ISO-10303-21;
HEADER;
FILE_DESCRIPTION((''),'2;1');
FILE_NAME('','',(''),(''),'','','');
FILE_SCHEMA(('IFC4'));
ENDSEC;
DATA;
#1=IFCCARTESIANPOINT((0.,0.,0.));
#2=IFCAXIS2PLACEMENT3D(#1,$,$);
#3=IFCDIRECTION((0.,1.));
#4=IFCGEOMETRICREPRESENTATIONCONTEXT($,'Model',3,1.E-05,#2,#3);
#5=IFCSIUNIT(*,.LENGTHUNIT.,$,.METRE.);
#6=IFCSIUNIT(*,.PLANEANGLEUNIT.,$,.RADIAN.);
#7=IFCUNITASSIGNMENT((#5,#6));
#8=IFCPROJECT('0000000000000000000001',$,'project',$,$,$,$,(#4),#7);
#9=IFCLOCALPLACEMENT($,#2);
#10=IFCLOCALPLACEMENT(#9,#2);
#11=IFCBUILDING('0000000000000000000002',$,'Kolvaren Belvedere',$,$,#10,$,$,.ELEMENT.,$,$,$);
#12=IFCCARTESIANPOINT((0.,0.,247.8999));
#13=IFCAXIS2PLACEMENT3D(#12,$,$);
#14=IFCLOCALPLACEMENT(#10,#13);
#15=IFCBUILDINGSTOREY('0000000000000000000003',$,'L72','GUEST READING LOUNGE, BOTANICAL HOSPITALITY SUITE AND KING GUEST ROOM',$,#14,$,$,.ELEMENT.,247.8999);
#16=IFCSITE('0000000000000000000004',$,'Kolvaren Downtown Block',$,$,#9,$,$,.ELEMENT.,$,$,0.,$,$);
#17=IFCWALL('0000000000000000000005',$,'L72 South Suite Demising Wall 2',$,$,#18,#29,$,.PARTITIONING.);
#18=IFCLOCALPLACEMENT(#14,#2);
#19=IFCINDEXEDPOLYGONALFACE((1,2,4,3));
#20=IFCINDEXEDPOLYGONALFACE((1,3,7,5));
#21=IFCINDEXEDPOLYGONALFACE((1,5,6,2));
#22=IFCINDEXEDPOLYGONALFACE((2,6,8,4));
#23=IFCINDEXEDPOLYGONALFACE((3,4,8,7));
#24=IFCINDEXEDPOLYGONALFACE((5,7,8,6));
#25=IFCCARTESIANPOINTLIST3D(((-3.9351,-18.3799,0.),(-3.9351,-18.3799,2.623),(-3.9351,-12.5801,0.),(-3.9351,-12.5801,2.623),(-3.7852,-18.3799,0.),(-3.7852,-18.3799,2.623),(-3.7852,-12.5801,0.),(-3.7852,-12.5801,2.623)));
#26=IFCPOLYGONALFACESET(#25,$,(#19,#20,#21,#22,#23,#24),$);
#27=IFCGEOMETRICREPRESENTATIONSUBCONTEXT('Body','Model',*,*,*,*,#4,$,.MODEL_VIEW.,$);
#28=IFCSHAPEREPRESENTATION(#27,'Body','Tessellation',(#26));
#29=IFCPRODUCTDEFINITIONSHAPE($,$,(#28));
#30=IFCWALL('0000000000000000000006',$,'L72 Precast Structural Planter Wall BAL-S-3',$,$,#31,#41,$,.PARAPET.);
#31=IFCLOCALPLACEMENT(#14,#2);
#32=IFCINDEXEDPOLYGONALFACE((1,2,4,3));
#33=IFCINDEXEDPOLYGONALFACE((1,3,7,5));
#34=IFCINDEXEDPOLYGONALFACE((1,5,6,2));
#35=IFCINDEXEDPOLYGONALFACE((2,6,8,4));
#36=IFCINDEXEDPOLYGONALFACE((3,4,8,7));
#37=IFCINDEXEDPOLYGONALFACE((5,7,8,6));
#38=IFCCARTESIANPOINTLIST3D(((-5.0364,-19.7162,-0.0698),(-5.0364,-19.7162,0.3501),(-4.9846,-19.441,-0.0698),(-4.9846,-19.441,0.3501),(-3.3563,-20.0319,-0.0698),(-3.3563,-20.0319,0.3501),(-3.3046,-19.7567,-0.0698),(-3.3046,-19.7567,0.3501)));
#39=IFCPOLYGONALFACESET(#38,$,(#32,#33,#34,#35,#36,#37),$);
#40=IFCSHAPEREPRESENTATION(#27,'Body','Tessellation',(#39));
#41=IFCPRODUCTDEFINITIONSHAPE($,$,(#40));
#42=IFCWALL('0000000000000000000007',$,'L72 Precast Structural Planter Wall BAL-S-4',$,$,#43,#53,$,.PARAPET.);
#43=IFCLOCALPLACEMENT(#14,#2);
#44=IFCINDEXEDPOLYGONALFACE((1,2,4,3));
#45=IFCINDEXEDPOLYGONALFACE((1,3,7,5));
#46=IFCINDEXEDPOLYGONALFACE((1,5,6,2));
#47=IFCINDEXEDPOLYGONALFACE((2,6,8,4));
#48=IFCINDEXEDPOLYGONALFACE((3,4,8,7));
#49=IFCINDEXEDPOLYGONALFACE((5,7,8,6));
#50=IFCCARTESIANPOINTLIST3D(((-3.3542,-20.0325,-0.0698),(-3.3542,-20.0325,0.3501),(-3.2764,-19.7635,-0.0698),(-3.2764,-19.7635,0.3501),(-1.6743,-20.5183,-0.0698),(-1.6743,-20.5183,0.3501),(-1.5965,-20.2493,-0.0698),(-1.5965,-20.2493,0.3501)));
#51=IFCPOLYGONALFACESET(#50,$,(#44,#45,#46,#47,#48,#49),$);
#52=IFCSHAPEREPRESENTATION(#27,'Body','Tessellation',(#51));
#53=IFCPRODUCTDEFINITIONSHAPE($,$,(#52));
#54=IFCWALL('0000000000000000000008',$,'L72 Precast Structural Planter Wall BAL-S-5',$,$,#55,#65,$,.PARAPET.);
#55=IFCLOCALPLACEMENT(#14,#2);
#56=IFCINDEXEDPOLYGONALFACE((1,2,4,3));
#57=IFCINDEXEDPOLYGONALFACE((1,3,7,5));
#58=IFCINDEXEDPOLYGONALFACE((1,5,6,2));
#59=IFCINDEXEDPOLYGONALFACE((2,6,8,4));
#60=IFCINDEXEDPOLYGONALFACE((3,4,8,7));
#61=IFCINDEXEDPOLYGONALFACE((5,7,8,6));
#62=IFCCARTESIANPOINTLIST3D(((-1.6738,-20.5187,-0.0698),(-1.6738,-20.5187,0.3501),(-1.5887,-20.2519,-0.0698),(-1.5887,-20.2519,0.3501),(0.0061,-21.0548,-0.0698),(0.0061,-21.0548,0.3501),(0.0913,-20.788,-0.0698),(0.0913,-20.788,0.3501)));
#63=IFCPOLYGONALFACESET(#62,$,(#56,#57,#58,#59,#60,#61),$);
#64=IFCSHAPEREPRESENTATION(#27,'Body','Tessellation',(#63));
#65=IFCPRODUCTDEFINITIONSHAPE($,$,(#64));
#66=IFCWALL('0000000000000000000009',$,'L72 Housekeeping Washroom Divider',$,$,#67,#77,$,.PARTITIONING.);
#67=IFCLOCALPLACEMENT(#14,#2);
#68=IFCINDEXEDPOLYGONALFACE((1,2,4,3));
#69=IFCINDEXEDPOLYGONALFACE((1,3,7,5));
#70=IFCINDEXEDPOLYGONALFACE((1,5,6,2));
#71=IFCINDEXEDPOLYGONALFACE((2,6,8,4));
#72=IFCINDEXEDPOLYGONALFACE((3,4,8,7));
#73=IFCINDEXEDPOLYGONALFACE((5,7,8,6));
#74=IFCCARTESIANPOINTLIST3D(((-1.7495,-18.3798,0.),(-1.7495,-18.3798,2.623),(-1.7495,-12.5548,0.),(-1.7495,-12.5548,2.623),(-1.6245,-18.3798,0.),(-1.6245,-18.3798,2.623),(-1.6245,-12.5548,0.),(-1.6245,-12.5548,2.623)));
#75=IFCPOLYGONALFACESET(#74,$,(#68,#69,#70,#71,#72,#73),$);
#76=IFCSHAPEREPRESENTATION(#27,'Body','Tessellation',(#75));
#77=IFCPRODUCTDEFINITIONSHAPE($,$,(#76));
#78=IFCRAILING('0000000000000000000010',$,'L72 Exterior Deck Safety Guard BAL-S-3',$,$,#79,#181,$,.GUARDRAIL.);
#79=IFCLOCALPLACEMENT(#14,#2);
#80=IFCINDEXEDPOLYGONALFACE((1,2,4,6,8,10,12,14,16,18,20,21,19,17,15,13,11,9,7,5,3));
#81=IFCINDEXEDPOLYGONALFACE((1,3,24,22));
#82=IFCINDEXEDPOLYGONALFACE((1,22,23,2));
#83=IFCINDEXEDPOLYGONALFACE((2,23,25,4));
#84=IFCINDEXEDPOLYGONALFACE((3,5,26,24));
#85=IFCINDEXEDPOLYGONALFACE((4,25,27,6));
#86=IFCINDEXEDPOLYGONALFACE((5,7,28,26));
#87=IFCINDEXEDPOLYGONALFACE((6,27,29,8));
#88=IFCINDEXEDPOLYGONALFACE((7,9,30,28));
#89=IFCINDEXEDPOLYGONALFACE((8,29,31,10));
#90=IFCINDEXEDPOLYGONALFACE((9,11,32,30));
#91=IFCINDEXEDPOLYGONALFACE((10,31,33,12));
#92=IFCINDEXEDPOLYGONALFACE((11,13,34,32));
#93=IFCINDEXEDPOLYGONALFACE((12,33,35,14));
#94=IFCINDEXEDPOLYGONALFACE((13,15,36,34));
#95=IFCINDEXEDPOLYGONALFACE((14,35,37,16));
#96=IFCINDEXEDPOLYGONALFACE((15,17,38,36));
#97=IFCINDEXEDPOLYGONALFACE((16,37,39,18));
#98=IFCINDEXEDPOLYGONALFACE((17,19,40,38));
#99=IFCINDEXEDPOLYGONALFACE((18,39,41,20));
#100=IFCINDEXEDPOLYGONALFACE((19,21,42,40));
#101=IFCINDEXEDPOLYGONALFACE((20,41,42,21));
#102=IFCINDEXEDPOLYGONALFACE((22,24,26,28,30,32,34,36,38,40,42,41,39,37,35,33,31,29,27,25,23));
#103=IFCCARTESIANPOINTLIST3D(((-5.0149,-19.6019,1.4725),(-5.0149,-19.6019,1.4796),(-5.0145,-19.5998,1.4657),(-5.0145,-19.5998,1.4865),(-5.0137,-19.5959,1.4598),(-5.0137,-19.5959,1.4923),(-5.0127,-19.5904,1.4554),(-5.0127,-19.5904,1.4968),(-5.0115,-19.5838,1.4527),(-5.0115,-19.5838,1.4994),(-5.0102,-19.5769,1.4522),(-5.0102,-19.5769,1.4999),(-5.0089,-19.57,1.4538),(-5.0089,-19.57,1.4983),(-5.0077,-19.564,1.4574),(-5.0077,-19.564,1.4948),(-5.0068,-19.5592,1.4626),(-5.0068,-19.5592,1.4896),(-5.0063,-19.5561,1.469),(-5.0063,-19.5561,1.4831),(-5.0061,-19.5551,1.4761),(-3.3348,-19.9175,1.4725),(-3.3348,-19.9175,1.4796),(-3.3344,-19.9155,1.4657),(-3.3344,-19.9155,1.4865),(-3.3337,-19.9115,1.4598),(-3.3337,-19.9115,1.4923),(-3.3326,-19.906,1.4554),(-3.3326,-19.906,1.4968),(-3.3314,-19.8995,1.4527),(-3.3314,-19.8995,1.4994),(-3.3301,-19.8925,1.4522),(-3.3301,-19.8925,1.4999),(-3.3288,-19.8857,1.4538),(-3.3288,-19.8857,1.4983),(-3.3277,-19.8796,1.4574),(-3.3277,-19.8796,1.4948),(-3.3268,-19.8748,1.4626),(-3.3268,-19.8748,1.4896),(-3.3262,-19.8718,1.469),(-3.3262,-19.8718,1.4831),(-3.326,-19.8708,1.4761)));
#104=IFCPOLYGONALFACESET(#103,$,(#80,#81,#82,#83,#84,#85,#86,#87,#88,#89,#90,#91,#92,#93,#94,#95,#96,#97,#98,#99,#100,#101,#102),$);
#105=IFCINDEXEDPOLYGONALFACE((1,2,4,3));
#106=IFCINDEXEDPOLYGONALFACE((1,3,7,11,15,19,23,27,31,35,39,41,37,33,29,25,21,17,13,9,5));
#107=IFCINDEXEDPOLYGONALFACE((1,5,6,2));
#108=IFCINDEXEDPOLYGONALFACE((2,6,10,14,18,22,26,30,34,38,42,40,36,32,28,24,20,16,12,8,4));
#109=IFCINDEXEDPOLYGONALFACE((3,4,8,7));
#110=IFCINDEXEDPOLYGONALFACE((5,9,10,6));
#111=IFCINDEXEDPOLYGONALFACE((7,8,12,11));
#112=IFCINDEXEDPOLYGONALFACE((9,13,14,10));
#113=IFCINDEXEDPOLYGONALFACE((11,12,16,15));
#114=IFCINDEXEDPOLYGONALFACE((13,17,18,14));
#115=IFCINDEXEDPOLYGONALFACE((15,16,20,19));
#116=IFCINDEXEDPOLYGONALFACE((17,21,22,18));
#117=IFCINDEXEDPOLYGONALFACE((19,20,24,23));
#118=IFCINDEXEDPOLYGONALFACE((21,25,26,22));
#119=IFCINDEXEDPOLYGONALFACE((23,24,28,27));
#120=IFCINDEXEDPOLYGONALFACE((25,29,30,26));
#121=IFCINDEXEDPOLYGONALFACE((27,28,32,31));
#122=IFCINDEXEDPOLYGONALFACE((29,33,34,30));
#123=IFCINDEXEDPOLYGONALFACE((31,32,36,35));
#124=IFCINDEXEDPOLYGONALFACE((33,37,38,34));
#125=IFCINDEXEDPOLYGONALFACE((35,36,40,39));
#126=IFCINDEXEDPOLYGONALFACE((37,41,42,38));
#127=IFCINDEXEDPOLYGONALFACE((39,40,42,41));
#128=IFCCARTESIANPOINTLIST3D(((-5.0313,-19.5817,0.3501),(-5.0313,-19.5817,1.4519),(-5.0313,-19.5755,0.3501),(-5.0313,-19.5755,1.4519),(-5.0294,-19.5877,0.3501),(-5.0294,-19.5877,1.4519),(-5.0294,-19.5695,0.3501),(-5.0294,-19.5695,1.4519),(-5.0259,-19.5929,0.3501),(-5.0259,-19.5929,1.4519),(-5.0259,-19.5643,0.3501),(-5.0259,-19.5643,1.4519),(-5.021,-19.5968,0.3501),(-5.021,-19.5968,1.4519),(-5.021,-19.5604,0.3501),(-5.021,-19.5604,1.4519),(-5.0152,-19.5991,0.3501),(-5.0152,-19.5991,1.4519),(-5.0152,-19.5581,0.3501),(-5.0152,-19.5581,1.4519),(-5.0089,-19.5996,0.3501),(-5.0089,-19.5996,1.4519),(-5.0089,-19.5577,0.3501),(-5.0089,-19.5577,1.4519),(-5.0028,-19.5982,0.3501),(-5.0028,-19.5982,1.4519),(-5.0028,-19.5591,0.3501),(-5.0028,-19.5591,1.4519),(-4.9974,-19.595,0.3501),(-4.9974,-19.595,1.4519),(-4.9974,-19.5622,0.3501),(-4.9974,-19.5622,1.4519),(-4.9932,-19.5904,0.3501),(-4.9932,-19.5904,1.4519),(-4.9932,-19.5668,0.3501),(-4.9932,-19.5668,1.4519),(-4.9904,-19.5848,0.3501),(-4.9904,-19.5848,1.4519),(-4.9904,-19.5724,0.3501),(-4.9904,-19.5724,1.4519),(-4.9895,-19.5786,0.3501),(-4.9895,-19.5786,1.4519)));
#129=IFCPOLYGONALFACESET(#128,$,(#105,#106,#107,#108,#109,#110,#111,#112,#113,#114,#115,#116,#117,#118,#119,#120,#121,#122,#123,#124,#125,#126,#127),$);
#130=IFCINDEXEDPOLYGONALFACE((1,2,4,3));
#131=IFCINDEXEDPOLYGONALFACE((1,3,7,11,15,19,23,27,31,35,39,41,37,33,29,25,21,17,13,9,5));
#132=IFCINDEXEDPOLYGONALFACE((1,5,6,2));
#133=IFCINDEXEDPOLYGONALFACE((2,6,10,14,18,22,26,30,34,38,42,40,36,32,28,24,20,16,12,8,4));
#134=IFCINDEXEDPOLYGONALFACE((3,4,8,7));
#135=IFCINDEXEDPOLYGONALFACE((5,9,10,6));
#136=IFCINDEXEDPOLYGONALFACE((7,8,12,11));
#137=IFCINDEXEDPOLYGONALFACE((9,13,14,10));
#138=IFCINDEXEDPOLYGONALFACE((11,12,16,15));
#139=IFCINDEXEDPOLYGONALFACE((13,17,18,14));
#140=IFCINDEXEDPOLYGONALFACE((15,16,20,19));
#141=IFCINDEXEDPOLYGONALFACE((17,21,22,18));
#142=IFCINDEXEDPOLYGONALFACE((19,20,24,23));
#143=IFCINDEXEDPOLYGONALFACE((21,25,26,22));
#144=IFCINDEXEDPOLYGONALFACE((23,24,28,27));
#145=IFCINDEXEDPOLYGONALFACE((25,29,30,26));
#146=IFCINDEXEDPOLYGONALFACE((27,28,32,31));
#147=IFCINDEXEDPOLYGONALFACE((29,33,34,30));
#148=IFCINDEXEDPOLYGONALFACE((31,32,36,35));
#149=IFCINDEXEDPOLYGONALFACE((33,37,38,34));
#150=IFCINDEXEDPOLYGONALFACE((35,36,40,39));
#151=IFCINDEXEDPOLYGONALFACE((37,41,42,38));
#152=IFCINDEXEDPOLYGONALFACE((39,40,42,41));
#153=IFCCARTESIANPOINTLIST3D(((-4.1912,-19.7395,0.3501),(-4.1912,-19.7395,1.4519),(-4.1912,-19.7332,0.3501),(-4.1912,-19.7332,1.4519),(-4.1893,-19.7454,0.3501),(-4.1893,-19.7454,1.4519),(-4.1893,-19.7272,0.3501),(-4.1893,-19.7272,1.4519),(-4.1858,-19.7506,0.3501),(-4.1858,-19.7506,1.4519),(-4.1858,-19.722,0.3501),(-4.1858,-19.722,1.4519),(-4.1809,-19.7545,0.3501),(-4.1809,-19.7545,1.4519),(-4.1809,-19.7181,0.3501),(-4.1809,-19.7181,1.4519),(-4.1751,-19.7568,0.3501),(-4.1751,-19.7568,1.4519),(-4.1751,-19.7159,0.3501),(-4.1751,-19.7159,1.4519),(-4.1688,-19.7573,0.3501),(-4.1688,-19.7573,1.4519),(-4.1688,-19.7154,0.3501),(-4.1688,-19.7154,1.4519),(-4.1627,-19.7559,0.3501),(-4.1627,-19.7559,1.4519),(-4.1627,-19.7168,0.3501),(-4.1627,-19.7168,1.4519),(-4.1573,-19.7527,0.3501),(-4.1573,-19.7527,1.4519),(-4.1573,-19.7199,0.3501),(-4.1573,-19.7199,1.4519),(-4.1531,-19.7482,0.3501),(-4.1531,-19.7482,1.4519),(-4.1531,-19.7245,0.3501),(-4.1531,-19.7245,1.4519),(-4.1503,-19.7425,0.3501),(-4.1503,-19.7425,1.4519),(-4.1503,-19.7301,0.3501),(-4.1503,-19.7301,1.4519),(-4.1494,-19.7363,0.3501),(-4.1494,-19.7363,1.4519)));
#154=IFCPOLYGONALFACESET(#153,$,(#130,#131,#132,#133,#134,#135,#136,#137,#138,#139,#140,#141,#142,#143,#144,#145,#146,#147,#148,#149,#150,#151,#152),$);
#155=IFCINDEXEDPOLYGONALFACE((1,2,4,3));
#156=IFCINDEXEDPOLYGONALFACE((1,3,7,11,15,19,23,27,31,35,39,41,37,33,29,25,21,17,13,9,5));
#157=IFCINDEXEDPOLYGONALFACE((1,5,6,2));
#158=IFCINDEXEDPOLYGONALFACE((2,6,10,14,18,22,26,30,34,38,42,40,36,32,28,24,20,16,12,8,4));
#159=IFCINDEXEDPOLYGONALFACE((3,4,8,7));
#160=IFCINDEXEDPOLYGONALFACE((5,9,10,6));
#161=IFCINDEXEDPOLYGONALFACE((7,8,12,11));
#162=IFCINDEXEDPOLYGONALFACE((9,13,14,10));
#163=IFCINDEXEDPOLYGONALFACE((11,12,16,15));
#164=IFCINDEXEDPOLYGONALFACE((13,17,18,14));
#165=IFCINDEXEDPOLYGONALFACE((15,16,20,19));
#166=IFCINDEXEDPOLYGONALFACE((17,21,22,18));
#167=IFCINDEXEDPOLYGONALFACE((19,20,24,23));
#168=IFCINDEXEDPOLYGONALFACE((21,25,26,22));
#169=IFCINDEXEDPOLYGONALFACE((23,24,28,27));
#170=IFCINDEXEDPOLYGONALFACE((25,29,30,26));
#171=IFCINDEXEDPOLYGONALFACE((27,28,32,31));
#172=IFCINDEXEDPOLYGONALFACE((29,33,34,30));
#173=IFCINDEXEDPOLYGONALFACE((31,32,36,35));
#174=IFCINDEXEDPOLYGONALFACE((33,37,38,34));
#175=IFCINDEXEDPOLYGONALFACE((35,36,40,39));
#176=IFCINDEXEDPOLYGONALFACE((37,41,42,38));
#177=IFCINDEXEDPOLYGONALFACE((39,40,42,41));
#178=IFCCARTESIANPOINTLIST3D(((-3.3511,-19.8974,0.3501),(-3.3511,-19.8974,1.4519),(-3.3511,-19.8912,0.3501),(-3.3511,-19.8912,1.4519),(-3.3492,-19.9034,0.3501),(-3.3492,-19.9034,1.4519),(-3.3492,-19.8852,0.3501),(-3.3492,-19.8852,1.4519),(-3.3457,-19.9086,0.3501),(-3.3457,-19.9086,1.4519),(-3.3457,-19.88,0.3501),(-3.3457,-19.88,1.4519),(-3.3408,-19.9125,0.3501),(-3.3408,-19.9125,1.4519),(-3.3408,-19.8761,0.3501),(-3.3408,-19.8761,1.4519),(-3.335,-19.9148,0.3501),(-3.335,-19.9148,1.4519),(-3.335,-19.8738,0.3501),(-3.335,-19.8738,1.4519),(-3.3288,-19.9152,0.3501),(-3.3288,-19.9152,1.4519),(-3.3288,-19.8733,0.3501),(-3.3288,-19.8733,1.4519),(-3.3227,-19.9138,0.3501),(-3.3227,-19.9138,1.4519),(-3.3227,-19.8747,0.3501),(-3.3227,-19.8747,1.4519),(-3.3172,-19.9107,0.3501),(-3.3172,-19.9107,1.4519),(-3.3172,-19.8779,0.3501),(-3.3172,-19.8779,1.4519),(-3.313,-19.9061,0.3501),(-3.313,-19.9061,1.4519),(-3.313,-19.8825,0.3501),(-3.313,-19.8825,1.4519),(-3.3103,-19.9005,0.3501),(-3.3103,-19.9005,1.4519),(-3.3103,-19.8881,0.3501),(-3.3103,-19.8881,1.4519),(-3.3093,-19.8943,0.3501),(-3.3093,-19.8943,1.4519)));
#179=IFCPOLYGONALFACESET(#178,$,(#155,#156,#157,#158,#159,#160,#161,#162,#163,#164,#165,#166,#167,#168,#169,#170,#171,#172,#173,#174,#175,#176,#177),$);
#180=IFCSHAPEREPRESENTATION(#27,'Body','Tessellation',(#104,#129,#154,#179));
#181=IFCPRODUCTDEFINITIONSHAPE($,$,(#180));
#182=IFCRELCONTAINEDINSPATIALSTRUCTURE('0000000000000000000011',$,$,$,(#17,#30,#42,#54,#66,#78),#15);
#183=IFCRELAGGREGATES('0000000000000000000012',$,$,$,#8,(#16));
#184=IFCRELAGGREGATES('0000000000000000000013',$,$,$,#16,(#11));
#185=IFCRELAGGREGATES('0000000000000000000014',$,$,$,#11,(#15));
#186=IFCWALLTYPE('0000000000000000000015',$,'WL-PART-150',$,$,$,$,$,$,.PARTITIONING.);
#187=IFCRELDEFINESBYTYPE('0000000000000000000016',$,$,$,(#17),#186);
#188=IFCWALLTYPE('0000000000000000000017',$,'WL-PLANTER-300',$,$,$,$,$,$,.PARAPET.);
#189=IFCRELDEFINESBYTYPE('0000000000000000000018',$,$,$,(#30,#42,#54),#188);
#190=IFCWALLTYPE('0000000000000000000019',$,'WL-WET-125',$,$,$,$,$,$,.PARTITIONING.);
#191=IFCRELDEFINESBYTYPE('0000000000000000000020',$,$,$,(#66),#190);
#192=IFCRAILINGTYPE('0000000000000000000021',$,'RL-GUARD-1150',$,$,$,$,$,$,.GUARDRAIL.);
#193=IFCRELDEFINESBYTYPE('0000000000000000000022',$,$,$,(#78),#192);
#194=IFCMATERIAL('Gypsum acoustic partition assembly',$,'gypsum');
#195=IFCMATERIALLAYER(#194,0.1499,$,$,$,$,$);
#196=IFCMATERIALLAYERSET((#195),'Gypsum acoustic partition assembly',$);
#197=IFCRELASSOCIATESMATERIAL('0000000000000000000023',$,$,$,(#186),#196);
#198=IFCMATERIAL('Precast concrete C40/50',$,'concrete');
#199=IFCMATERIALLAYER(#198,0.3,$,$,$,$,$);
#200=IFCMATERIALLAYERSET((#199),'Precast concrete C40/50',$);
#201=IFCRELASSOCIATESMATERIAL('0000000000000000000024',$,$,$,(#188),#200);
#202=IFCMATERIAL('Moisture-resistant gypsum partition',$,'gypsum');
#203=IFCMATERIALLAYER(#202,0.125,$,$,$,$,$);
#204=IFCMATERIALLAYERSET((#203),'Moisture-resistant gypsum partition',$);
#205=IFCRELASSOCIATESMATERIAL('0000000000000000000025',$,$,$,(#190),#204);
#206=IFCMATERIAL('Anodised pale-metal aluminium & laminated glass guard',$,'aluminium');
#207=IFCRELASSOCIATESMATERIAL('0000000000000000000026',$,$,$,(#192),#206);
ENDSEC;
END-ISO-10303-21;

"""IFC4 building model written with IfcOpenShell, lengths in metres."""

from ifc_helpers import new_model, si_unit, direction, frame, frame_2d, origin, origin_2d, place, context, subcontext, project, spatial, rectangle, circle, extrude, material, layer, layer_set, type_object, element, save


model = new_model("IFC4")

# Units and contexts
model_context = context("Model", 3, precision=1e-05, world=origin(), true_north=direction((0.0, 1.0)))
body_context = subcontext(model_context, "Body", "Model", "MODEL_VIEW")
ifc_project = project(units=[si_unit("LENGTHUNIT", "METRE"), si_unit("PLANEANGLEUNIT", "RADIAN")], contexts=[model_context])

# Site, building, storey
site_placement = place(None, origin())
site = spatial("IfcSite", under=ifc_project, at=site_placement, Name="Kolvaren Downtown Block", CompositionType="ELEMENT", RefElevation=0.0)
building_placement = place(site_placement, origin())
building = spatial("IfcBuilding", under=site, at=building_placement, Name="Kolvaren Belvedere", CompositionType="ELEMENT")
storey_placement = place(building_placement, frame((0.0, 0.0, 247.8999)))
storey = spatial("IfcBuildingStorey", under=building, at=storey_placement, Name="L72", Description="GUEST READING LOUNGE, BOTANICAL HOSPITALITY SUITE AND KING GUEST ROOM", CompositionType="ELEMENT", Elevation=247.8999)

# Walls
ifc_material_1 = material(Name="Gypsum acoustic partition assembly", Category="gypsum")
ifc_layer_1 = layer(ifc_material_1, 0.1499)
ifc_layer_set_1 = layer_set([ifc_layer_1], Name="Gypsum acoustic partition assembly")
wall_type_1 = type_object("IfcWallType", Name="WL-PART-150", PredefinedType="PARTITIONING", material=ifc_layer_set_1)
wall_1_placement = place(storey_placement, frame((-3.8601, -18.3799, 0.0), z_axis=(0.0, 0.0, 1.0), x_axis=(0.0, 1.0, 0.0)))
element("IfcWall", 1, at=wall_1_placement, inside=storey, type_object=wall_type_1, Name="L72 South Suite Demising Wall 2", PredefinedType="PARTITIONING", context=body_context, shape_type="SweptSolid", body=[
    extrude(rectangle(XDim=5.7998, YDim=0.1499, at=frame_2d((2.8999, 0.0))), origin(), (0.0, 0.0, 1.0), 2.623),
])
ifc_material_2 = material(Name="Precast concrete C40/50", Category="concrete")
ifc_layer_2 = layer(ifc_material_2, 0.3)
ifc_layer_set_2 = layer_set([ifc_layer_2], Name="Precast concrete C40/50")
wall_type_2 = type_object("IfcWallType", Name="WL-PLANTER-300", PredefinedType="PARAPET", material=ifc_layer_set_2)
wall_2_placement = place(storey_placement, frame((-5.0105, -19.5786, -0.0698), z_axis=(0.0, 0.0, 1.0), x_axis=(0.982804, -0.184651, 0.0)))
element("IfcWall", 2, at=wall_2_placement, inside=storey, type_object=wall_type_2, Name="L72 Precast Structural Planter Wall BAL-S-3", PredefinedType="PARAPET", context=body_context, shape_type="SweptSolid", body=[
    extrude(rectangle(XDim=1.7095, YDim=0.28, at=frame_2d((0.8547, 0.0))), origin(), (0.0, 0.0, 1.0), 0.4199),
])
wall_3_placement = place(storey_placement, frame((-3.3154, -19.8979, -0.0698), z_axis=(0.0, 0.0, 1.0), x_axis=(0.960634, -0.277817, 0.0)))
element("IfcWall", 3, at=wall_3_placement, inside=storey, type_object=wall_type_2, Name="L72 Precast Structural Planter Wall BAL-S-4", PredefinedType="PARAPET", context=body_context, shape_type="SweptSolid", body=[
    extrude(rectangle(XDim=1.7488, YDim=0.28, at=frame_2d((0.8745, 0.0))), origin(), (0.0, 0.0, 1.0), 0.4199),
])
wall_4_placement = place(storey_placement, frame((-1.6313, -20.3853, -0.0698), z_axis=(0.0, 0.0, 1.0), x_axis=(0.952662, -0.304032, 0.0)))
element("IfcWall", 4, at=wall_4_placement, inside=storey, type_object=wall_type_2, Name="L72 Precast Structural Planter Wall BAL-S-5", PredefinedType="PARAPET", context=body_context, shape_type="SweptSolid", body=[
    extrude(rectangle(XDim=1.7634, YDim=0.28, at=frame_2d((0.8818, 0.0))), origin(), (0.0, 0.0, 1.0), 0.4199),
])
ifc_material_3 = material(Name="Moisture-resistant gypsum partition", Category="gypsum")
ifc_layer_3 = layer(ifc_material_3, 0.125)
ifc_layer_set_3 = layer_set([ifc_layer_3], Name="Moisture-resistant gypsum partition")
wall_type_3 = type_object("IfcWallType", Name="WL-WET-125", PredefinedType="PARTITIONING", material=ifc_layer_set_3)
wall_5_placement = place(storey_placement, frame((-1.687, -18.3799, 0.0), z_axis=(0.0, 0.0, 1.0), x_axis=(0.0, 1.0, 0.0)))
element("IfcWall", 5, at=wall_5_placement, inside=storey, type_object=wall_type_3, Name="L72 Housekeeping Washroom Divider", PredefinedType="PARTITIONING", context=body_context, shape_type="SweptSolid", body=[
    extrude(rectangle(XDim=5.825, YDim=0.125, at=frame_2d((2.9126, 0.0))), origin(), (0.0, 0.0, 1.0), 2.623),
])

# Railing
ifc_material_4 = material(Name="Anodised pale-metal aluminium & laminated glass guard", Category="aluminium")
railing_type = type_object("IfcRailingType", Name="RL-GUARD-1150", PredefinedType="GUARDRAIL", material=ifc_material_4)
railing_1_placement = place(storey_placement, frame((-5.0105, -19.5786, 0.3501)))
element("IfcRailing", 6, at=railing_1_placement, inside=storey, type_object=railing_type, Name="L72 Exterior Deck Safety Guard BAL-S-3", PredefinedType="GUARDRAIL", context=body_context, shape_type="SweptSolid", body=[
    extrude(circle(Radius=0.0239, at=origin_2d()), frame((0.0, 0.0, 1.126), z_axis=(0.982804, -0.184651, 0.0), x_axis=(0.184651, 0.982804, 0.0)), (0.0, 0.0, 1.0), 1.7095),
    extrude(circle(Radius=0.021, at=origin_2d()), origin(), (0.0, 0.0, 1.0), 1.1018),
    extrude(circle(Radius=0.021, at=origin_2d()), frame((0.8401, -0.1577, 0.0)), (0.0, 0.0, 1.0), 1.1018),
    extrude(circle(Radius=0.021, at=origin_2d()), frame((1.6802, -0.3157, 0.0)), (0.0, 0.0, 1.0), 1.1018),
])

save(model, "model.ifc")
